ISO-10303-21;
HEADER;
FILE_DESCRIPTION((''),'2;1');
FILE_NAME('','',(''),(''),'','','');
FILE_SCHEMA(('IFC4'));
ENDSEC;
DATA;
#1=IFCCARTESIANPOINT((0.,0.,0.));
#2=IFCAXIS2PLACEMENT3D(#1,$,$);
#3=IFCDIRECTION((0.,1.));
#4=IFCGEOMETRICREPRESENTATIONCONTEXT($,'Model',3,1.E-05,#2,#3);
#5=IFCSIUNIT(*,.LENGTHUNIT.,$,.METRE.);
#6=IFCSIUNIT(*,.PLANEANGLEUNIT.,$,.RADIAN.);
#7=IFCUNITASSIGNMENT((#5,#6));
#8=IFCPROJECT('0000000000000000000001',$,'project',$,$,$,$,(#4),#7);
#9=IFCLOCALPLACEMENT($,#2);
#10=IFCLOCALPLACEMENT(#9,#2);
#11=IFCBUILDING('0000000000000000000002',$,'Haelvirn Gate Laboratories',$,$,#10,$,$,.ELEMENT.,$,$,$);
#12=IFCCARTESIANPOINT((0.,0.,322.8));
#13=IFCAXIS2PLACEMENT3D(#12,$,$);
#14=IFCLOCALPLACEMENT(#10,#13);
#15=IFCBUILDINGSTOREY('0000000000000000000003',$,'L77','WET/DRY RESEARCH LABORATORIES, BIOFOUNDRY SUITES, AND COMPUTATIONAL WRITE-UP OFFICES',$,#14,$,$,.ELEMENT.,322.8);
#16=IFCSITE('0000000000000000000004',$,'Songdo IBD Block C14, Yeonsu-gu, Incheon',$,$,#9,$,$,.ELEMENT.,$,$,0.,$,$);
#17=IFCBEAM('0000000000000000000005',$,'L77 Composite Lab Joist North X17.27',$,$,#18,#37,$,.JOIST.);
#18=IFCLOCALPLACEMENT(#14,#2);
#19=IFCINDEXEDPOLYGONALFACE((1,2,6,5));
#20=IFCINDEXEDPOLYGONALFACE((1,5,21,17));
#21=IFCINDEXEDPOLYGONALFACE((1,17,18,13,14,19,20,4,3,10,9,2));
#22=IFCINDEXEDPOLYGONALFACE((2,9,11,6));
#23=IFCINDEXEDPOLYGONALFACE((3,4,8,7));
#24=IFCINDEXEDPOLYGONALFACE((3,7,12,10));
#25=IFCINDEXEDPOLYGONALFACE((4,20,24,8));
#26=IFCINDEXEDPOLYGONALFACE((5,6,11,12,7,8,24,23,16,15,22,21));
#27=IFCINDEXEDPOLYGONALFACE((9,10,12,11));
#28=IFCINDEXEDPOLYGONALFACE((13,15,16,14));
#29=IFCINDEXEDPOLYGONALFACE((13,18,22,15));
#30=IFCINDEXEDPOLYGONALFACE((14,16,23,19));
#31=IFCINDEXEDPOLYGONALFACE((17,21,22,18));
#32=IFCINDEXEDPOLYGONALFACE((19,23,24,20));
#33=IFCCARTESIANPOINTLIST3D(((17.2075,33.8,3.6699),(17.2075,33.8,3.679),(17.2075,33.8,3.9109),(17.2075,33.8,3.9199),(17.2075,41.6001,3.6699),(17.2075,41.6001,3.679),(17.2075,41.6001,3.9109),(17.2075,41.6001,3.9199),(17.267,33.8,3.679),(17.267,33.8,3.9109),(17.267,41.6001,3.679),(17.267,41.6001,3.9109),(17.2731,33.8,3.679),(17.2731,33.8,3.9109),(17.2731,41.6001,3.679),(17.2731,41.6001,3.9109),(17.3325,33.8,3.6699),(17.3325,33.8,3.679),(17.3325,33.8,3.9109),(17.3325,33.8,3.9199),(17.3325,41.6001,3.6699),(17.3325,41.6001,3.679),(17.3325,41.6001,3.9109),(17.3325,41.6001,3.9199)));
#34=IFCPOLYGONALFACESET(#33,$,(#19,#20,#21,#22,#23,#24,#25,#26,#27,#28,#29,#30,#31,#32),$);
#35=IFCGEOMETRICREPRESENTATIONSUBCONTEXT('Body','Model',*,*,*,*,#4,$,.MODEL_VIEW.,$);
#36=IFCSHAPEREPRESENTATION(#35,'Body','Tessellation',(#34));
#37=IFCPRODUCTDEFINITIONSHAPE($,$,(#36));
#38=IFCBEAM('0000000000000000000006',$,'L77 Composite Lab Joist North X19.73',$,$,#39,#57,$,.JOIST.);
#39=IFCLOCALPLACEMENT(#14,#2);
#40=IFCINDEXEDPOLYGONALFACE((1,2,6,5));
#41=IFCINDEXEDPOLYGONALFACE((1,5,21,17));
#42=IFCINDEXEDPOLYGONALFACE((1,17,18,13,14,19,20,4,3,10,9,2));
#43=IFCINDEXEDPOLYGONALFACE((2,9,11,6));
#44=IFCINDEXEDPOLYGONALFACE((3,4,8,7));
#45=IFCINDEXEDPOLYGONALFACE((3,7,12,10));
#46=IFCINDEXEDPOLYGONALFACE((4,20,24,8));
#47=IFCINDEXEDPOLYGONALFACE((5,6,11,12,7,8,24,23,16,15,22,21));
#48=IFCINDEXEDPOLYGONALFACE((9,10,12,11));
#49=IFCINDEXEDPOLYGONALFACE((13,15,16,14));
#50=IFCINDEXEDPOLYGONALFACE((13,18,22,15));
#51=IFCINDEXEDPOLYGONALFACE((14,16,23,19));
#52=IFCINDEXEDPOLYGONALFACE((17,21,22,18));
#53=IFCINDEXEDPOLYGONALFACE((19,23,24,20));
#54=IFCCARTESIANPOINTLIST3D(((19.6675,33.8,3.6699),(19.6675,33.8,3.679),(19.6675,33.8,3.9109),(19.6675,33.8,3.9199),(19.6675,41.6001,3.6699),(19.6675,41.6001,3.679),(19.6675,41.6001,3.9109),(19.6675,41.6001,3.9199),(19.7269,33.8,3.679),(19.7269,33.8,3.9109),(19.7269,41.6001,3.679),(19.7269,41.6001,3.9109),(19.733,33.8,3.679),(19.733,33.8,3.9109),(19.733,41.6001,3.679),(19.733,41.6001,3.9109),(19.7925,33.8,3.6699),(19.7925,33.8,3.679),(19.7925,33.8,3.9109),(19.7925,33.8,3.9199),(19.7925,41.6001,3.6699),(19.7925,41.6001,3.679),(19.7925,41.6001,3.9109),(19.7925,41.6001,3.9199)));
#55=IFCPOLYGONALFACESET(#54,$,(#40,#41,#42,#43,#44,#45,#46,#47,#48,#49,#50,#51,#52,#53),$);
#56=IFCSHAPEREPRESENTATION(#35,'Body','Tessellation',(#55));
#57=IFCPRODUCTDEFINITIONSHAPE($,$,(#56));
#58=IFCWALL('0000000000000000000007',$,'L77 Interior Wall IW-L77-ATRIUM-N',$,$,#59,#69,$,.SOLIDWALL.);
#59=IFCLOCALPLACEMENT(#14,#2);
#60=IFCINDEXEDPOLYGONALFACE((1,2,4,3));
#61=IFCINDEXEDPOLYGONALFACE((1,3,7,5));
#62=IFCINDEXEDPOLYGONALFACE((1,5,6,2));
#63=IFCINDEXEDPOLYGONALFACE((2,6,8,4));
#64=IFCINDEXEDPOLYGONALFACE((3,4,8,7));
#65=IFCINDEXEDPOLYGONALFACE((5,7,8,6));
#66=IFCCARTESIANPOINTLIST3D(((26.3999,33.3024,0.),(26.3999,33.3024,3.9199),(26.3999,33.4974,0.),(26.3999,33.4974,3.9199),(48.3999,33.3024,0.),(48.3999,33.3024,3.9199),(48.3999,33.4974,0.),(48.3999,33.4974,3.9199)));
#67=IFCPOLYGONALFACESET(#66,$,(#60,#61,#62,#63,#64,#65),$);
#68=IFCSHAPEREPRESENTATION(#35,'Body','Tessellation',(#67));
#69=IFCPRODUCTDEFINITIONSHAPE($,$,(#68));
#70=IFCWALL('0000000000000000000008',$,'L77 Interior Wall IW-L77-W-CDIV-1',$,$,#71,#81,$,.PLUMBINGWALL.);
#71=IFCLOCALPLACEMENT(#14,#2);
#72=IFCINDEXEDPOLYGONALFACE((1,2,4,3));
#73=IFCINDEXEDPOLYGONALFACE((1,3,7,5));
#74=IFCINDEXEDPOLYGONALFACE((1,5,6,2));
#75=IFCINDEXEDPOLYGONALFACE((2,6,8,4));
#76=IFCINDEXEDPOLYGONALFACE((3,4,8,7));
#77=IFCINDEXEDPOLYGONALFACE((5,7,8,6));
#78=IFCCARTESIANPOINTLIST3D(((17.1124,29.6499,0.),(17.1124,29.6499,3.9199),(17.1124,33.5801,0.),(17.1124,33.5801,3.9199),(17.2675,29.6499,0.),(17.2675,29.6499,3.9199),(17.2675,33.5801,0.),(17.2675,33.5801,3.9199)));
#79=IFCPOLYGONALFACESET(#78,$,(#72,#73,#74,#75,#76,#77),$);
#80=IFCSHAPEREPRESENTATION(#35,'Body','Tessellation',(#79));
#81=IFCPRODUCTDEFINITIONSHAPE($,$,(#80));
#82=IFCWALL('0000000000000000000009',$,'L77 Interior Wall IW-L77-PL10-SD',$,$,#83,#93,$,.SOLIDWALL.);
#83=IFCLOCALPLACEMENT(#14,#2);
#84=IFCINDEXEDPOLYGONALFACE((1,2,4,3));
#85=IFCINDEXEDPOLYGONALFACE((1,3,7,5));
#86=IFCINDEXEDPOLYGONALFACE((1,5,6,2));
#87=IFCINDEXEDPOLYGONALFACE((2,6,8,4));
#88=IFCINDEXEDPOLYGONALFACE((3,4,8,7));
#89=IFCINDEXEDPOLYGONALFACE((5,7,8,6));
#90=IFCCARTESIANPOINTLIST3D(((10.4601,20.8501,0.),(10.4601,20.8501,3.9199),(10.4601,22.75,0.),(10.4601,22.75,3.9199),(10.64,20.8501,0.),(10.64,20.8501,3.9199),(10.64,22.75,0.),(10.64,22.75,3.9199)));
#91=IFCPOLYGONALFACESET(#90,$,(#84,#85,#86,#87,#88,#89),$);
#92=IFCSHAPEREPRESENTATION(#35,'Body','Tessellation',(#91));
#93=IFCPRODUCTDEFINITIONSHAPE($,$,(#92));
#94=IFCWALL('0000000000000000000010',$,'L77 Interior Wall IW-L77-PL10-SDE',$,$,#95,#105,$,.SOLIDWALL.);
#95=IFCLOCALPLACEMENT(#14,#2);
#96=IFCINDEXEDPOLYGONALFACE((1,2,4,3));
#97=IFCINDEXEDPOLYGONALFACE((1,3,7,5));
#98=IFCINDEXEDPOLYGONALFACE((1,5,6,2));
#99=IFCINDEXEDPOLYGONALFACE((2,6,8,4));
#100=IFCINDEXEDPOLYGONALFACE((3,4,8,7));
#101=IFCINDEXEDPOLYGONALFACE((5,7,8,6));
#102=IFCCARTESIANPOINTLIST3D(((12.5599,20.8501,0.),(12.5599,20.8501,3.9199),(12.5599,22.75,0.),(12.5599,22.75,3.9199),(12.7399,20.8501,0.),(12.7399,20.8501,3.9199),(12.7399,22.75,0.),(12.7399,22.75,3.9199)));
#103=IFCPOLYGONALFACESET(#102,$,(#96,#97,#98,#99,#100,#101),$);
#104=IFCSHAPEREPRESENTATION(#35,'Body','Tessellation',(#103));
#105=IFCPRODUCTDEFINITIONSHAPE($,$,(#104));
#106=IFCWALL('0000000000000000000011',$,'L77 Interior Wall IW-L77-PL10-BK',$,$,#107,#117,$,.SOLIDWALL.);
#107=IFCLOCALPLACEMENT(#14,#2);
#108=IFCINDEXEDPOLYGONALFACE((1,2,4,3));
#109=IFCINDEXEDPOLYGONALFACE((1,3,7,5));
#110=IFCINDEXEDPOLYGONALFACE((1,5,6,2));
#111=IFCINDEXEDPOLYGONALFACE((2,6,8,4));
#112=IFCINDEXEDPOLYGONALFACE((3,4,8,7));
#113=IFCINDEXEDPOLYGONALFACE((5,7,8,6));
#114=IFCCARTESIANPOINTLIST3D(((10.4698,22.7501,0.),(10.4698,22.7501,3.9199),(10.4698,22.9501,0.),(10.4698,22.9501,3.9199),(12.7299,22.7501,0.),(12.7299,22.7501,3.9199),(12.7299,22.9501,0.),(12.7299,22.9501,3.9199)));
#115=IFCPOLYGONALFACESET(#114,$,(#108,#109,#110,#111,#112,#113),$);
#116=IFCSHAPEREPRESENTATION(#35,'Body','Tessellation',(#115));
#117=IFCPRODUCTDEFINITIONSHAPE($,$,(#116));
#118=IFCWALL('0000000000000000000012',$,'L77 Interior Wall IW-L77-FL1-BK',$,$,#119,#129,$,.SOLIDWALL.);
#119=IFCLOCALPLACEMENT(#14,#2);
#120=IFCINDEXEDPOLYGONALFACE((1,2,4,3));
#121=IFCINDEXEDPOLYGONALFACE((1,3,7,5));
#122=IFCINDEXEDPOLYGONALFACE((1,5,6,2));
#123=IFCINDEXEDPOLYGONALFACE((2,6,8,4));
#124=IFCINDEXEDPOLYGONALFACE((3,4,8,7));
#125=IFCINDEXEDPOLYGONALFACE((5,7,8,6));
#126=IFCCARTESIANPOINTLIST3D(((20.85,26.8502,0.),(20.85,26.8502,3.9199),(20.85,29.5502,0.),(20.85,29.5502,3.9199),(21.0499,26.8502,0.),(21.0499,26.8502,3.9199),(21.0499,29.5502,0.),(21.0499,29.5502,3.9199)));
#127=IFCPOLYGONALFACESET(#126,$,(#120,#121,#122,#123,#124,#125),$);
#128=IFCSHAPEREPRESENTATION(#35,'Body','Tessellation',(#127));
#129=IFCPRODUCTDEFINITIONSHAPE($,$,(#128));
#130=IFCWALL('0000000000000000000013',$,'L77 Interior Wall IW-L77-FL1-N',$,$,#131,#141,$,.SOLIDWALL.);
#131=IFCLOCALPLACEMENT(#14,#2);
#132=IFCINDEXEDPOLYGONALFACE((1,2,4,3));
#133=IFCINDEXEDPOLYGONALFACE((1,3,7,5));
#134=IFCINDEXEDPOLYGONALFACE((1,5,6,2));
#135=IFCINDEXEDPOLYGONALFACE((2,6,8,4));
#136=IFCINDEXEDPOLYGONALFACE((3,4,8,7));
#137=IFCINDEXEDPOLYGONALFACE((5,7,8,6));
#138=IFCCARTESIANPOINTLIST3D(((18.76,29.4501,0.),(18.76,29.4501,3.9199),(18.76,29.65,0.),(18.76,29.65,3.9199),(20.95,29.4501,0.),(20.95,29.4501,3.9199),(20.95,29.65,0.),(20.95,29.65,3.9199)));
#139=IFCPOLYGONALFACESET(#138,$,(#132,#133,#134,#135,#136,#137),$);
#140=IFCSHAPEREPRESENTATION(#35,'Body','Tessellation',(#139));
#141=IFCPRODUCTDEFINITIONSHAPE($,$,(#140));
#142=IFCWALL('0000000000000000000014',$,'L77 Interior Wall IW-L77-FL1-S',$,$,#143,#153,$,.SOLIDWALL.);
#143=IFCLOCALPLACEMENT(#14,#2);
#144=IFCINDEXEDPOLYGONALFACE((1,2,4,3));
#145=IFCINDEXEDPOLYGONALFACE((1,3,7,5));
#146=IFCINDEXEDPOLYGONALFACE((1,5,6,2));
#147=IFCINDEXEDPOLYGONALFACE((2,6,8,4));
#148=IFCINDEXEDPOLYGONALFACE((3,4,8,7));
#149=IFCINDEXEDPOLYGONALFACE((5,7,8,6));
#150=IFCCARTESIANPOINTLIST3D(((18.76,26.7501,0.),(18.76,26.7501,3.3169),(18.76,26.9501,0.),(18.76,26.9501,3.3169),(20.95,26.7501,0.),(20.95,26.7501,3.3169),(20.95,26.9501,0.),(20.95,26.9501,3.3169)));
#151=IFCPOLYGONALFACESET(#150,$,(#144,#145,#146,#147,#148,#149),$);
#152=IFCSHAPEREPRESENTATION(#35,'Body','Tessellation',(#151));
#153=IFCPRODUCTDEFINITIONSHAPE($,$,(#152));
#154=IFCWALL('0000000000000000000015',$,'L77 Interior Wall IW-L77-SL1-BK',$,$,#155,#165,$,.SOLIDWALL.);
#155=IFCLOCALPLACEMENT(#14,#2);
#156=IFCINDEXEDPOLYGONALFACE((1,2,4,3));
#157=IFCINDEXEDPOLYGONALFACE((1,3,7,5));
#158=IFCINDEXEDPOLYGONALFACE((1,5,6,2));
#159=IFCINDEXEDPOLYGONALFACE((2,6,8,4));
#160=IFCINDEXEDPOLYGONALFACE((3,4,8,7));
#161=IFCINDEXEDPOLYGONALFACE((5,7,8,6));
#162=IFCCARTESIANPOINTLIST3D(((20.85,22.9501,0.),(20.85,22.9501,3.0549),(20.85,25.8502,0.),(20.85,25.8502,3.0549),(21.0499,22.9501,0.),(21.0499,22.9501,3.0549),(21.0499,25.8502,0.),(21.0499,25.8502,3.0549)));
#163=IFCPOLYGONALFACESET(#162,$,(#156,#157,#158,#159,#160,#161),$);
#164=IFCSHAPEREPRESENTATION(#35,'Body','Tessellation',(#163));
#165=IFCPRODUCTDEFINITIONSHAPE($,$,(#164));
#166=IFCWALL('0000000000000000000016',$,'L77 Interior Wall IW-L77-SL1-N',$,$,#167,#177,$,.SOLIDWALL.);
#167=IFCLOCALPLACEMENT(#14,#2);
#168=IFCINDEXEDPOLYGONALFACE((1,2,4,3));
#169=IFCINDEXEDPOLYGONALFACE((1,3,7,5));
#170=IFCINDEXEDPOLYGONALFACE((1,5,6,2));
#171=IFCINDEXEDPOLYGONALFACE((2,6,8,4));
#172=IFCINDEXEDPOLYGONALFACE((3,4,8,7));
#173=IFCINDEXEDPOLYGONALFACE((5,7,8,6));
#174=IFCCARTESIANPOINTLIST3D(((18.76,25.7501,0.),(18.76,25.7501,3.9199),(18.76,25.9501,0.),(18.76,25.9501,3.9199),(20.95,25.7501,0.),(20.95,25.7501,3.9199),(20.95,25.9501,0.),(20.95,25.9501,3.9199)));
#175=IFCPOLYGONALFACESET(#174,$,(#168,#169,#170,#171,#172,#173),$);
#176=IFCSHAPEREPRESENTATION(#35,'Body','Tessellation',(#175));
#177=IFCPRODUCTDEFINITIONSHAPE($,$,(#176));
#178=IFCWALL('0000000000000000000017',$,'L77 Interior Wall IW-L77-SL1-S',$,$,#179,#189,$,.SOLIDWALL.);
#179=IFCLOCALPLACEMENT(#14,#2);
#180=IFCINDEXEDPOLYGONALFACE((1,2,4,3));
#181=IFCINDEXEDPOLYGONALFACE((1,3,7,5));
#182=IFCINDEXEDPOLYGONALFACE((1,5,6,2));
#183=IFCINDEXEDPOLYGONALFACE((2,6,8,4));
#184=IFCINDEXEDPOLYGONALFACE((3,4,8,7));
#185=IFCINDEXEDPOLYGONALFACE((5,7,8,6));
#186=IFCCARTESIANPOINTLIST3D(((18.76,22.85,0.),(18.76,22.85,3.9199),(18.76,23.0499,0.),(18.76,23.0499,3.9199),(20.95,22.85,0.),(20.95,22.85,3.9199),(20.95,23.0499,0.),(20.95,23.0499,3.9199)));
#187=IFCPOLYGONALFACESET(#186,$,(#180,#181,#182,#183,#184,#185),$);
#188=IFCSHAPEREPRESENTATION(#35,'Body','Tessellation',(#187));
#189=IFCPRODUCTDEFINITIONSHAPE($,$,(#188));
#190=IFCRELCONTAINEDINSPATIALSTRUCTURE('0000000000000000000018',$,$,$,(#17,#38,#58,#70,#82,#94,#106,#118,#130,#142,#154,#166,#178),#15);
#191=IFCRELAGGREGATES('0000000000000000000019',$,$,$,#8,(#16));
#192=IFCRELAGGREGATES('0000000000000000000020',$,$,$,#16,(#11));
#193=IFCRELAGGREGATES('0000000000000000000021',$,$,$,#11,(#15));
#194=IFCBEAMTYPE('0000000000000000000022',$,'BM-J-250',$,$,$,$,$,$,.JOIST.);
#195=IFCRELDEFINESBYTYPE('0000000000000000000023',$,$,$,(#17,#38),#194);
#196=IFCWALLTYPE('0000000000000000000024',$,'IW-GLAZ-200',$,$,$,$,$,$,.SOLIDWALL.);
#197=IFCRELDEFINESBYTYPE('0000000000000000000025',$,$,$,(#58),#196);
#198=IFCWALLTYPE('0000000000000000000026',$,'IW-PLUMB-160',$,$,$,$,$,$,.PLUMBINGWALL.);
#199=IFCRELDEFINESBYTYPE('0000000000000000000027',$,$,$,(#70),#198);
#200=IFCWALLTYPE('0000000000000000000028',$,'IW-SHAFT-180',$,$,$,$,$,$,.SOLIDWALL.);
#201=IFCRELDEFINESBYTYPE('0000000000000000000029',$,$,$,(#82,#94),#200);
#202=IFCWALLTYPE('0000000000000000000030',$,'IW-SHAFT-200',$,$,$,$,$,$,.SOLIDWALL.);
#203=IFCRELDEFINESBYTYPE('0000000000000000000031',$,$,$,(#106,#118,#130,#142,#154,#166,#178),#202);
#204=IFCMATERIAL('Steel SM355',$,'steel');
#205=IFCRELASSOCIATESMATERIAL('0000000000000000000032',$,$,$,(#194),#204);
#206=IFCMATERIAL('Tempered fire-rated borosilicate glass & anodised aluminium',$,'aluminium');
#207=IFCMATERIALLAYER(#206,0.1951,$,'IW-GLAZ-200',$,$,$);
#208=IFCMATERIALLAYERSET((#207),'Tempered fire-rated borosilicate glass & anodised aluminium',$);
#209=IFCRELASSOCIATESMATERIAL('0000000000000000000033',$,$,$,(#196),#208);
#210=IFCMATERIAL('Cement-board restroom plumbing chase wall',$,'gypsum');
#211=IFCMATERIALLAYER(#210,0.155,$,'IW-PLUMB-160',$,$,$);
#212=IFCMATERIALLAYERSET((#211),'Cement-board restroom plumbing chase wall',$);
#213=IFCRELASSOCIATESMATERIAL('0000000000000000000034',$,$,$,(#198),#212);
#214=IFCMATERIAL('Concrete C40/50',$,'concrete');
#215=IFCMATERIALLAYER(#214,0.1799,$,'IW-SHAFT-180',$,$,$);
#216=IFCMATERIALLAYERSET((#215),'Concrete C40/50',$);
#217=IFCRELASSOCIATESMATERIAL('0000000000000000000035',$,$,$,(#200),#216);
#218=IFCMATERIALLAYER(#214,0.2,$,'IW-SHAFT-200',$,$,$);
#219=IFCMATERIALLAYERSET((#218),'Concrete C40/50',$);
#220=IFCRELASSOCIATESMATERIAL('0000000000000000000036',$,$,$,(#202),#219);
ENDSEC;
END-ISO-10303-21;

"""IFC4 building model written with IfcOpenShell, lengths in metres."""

from ifc_helpers import new_model, si_unit, direction, frame, frame_2d, origin, origin_2d, place, context, subcontext, project, spatial, rectangle, i_section, extrude, source, transform, mapped, material, layer, layer_set, material_profile, profile_set, type_object, type_shapes, element, save


model = new_model("IFC4")

# Units and contexts
model_context = context("Model", 3, precision=1e-05, world=origin(), true_north=direction((0.0, 1.0)))
body_context = subcontext(model_context, "Body", "Model", "MODEL_VIEW")
ifc_project = project(units=[si_unit("LENGTHUNIT", "METRE"), si_unit("PLANEANGLEUNIT", "RADIAN")], contexts=[model_context])

# Site, building, storey
site_placement = place(None, origin())
site = spatial("IfcSite", under=ifc_project, at=site_placement, Name="Songdo IBD Block C14, Yeonsu-gu, Incheon", CompositionType="ELEMENT", RefElevation=0.0)
building_placement = place(site_placement, origin())
building = spatial("IfcBuilding", under=site, at=building_placement, Name="Haelvirn Gate Laboratories", CompositionType="ELEMENT")
storey_placement = place(building_placement, frame((0.0, 0.0, 322.8)))
storey = spatial("IfcBuildingStorey", under=building, at=storey_placement, Name="L77", Description="WET/DRY RESEARCH LABORATORIES, BIOFOUNDRY SUITES, AND COMPUTATIONAL WRITE-UP OFFICES", CompositionType="ELEMENT", Elevation=322.8)

# Beams
ifc_material_1 = material(Name="Steel SM355", Category="steel")
ifc_material_profile = material_profile(ifc_material_1, i_section(OverallWidth=0.125, OverallDepth=0.25, WebThickness=0.0061, FlangeThickness=0.009, at=origin_2d()), Name="H-250x125x6x9")
ifc_profile_set = profile_set([ifc_material_profile], Name="Steel SM355")
beam_type = type_object("IfcBeamType", Name="BM-J-250", PredefinedType="JOIST", material=ifc_profile_set)
shared_shape_1 = source(origin(), body_context, "Body", "SweptSolid", [
    extrude(i_section(OverallWidth=0.125, OverallDepth=0.25, WebThickness=0.0061, FlangeThickness=0.009, at=origin_2d()), origin(), (0.0, 0.0, 1.0), 7.8),
])
type_shapes(beam_type, [shared_shape_1])
for number, where, z_axis, x_axis, name in (
    (1, (17.27, 33.8, 3.7949), (0.0, 1.0, 0.0), (-1.0, 0.0, 0.0), "L77 Composite Lab Joist North X17.27"),
    (2, (19.73, 33.8, 3.7949), (0.0, 1.0, 0.0), (-1.0, 0.0, 0.0), "L77 Composite Lab Joist North X19.73"),
):
    element("IfcBeam", number, at=place(storey_placement, frame(where, z_axis=z_axis, x_axis=x_axis)), inside=storey, type_object=beam_type, Name=name, PredefinedType="JOIST", context=body_context, shape_type="MappedRepresentation", body=[
        mapped(shared_shape_1, transform((0.0, 0.0, 0.0), scale=1.0)),
    ])

# Walls
ifc_material_2 = material(Name="Tempered fire-rated borosilicate glass & anodised aluminium", Category="aluminium")
ifc_layer_1 = layer(ifc_material_2, 0.1951, Name="IW-GLAZ-200")
ifc_layer_set_1 = layer_set([ifc_layer_1], Name="Tempered fire-rated borosilicate glass & anodised aluminium")
wall_type_1 = type_object("IfcWallType", Name="IW-GLAZ-200", PredefinedType="SOLIDWALL", material=ifc_layer_set_1)
wall_1_placement = place(storey_placement, frame((26.3999, 33.3999, 0.0), z_axis=(0.0, 0.0, 1.0), x_axis=(1.0, 0.0, 0.0)))
element("IfcWall", 3, at=wall_1_placement, inside=storey, type_object=wall_type_1, Name="L77 Interior Wall IW-L77-ATRIUM-N", PredefinedType="SOLIDWALL", context=body_context, shape_type="SweptSolid", body=[
    extrude(rectangle(XDim=22.0, YDim=0.1951, at=frame_2d((11.0, 0.0))), origin(), (0.0, 0.0, 1.0), 3.9199),
])
ifc_material_3 = material(Name="Cement-board restroom plumbing chase wall", Category="gypsum")
ifc_layer_2 = layer(ifc_material_3, 0.155, Name="IW-PLUMB-160")
ifc_layer_set_2 = layer_set([ifc_layer_2], Name="Cement-board restroom plumbing chase wall")
wall_type_2 = type_object("IfcWallType", Name="IW-PLUMB-160", PredefinedType="PLUMBINGWALL", material=ifc_layer_set_2)
wall_2_placement = place(storey_placement, frame((17.1899, 29.6499, 0.0), z_axis=(0.0, 0.0, 1.0), x_axis=(0.0, 1.0, 0.0)))
element("IfcWall", 4, at=wall_2_placement, inside=storey, type_object=wall_type_2, Name="L77 Interior Wall IW-L77-W-CDIV-1", PredefinedType="PLUMBINGWALL", context=body_context, shape_type="SweptSolid", body=[
    extrude(rectangle(XDim=3.9302, YDim=0.155, at=frame_2d((1.9651, 0.0))), origin(), (0.0, 0.0, 1.0), 3.9199),
])
ifc_material_4 = material(Name="Concrete C40/50", Category="concrete")
ifc_layer_3 = layer(ifc_material_4, 0.1799, Name="IW-SHAFT-180")
ifc_layer_set_3 = layer_set([ifc_layer_3], Name="Concrete C40/50")
wall_type_3 = type_object("IfcWallType", Name="IW-SHAFT-180", PredefinedType="SOLIDWALL", material=ifc_layer_set_3)
for number, where, z_axis, x_axis, name in (
    (5, (10.55, 20.8501, 0.0), (0.0, 0.0, 1.0), (0.0, 1.0, 0.0), "L77 Interior Wall IW-L77-PL10-SD"),
    (6, (12.6499, 20.8501, 0.0), (0.0, 0.0, 1.0), (0.0, 1.0, 0.0), "L77 Interior Wall IW-L77-PL10-SDE"),
):
    element("IfcWall", number, at=place(storey_placement, frame(where, z_axis=z_axis, x_axis=x_axis)), inside=storey, type_object=wall_type_3, Name=name, PredefinedType="SOLIDWALL", context=body_context, shape_type="SweptSolid", body=[
        extrude(rectangle(XDim=1.8999, YDim=0.1799, at=frame_2d((0.95, 0.0))), origin(), (0.0, 0.0, 1.0), 3.9199),
    ])
ifc_layer_4 = layer(ifc_material_4, 0.2, Name="IW-SHAFT-200")
ifc_layer_set_4 = layer_set([ifc_layer_4], Name="Concrete C40/50")
wall_type_4 = type_object("IfcWallType", Name="IW-SHAFT-200", PredefinedType="SOLIDWALL", material=ifc_layer_set_4)
wall_3_placement = place(storey_placement, frame((10.47, 22.8501, 0.0), z_axis=(0.0, 0.0, 1.0), x_axis=(1.0, 0.0, 0.0)))
element("IfcWall", 7, at=wall_3_placement, inside=storey, type_object=wall_type_4, Name="L77 Interior Wall IW-L77-PL10-BK", PredefinedType="SOLIDWALL", context=body_context, shape_type="SweptSolid", body=[
    extrude(rectangle(XDim=2.26, YDim=0.2, at=frame_2d((1.1299, 0.0))), origin(), (0.0, 0.0, 1.0), 3.9199),
])
wall_4_placement = place(storey_placement, frame((20.95, 26.8501, 0.0), z_axis=(0.0, 0.0, 1.0), x_axis=(0.0, 1.0, 0.0)))
element("IfcWall", 8, at=wall_4_placement, inside=storey, type_object=wall_type_4, Name="L77 Interior Wall IW-L77-FL1-BK", PredefinedType="SOLIDWALL", context=body_context, shape_type="SweptSolid", body=[
    extrude(rectangle(XDim=2.7, YDim=0.2, at=frame_2d((1.3501, 0.0))), origin(), (0.0, 0.0, 1.0), 3.9199),
])
wall_5_placement = place(storey_placement, frame((18.76, 29.55, 0.0), z_axis=(0.0, 0.0, 1.0), x_axis=(1.0, 0.0, 0.0)))
element("IfcWall", 9, at=wall_5_placement, inside=storey, type_object=wall_type_4, Name="L77 Interior Wall IW-L77-FL1-N", PredefinedType="SOLIDWALL", context=body_context, shape_type="SweptSolid", body=[
    extrude(rectangle(XDim=2.1899, YDim=0.2, at=frame_2d((1.095, 0.0))), origin(), (0.0, 0.0, 1.0), 3.9199),
])
wall_6_placement = place(storey_placement, frame((18.76, 26.8501, 0.0), z_axis=(0.0, 0.0, 1.0), x_axis=(1.0, 0.0, 0.0)))
element("IfcWall", 10, at=wall_6_placement, inside=storey, type_object=wall_type_4, Name="L77 Interior Wall IW-L77-FL1-S", PredefinedType="SOLIDWALL", context=body_context, shape_type="SweptSolid", body=[
    extrude(rectangle(XDim=2.1899, YDim=0.2, at=frame_2d((1.095, 0.0))), origin(), (0.0, 0.0, 1.0), 3.3169),
])
wall_7_placement = place(storey_placement, frame((20.95, 22.95, 0.0), z_axis=(0.0, 0.0, 1.0), x_axis=(0.0, 1.0, 0.0)))
element("IfcWall", 11, at=wall_7_placement, inside=storey, type_object=wall_type_4, Name="L77 Interior Wall IW-L77-SL1-BK", PredefinedType="SOLIDWALL", context=body_context, shape_type="SweptSolid", body=[
    extrude(rectangle(XDim=2.9001, YDim=0.2, at=frame_2d((1.4502, 0.0))), origin(), (0.0, 0.0, 1.0), 3.0549),
])
for number, where, z_axis, x_axis, name in (
    (12, (18.76, 25.8501, 0.0), (0.0, 0.0, 1.0), (1.0, 0.0, 0.0), "L77 Interior Wall IW-L77-SL1-N"),
    (13, (18.76, 22.95, 0.0), (0.0, 0.0, 1.0), (1.0, 0.0, 0.0), "L77 Interior Wall IW-L77-SL1-S"),
):
    element("IfcWall", number, at=place(storey_placement, frame(where, z_axis=z_axis, x_axis=x_axis)), inside=storey, type_object=wall_type_4, Name=name, PredefinedType="SOLIDWALL", context=body_context, shape_type="SweptSolid", body=[
        extrude(rectangle(XDim=2.1899, YDim=0.2, at=frame_2d((1.095, 0.0))), origin(), (0.0, 0.0, 1.0), 3.9199),
    ])

save(model, "model.ifc")
